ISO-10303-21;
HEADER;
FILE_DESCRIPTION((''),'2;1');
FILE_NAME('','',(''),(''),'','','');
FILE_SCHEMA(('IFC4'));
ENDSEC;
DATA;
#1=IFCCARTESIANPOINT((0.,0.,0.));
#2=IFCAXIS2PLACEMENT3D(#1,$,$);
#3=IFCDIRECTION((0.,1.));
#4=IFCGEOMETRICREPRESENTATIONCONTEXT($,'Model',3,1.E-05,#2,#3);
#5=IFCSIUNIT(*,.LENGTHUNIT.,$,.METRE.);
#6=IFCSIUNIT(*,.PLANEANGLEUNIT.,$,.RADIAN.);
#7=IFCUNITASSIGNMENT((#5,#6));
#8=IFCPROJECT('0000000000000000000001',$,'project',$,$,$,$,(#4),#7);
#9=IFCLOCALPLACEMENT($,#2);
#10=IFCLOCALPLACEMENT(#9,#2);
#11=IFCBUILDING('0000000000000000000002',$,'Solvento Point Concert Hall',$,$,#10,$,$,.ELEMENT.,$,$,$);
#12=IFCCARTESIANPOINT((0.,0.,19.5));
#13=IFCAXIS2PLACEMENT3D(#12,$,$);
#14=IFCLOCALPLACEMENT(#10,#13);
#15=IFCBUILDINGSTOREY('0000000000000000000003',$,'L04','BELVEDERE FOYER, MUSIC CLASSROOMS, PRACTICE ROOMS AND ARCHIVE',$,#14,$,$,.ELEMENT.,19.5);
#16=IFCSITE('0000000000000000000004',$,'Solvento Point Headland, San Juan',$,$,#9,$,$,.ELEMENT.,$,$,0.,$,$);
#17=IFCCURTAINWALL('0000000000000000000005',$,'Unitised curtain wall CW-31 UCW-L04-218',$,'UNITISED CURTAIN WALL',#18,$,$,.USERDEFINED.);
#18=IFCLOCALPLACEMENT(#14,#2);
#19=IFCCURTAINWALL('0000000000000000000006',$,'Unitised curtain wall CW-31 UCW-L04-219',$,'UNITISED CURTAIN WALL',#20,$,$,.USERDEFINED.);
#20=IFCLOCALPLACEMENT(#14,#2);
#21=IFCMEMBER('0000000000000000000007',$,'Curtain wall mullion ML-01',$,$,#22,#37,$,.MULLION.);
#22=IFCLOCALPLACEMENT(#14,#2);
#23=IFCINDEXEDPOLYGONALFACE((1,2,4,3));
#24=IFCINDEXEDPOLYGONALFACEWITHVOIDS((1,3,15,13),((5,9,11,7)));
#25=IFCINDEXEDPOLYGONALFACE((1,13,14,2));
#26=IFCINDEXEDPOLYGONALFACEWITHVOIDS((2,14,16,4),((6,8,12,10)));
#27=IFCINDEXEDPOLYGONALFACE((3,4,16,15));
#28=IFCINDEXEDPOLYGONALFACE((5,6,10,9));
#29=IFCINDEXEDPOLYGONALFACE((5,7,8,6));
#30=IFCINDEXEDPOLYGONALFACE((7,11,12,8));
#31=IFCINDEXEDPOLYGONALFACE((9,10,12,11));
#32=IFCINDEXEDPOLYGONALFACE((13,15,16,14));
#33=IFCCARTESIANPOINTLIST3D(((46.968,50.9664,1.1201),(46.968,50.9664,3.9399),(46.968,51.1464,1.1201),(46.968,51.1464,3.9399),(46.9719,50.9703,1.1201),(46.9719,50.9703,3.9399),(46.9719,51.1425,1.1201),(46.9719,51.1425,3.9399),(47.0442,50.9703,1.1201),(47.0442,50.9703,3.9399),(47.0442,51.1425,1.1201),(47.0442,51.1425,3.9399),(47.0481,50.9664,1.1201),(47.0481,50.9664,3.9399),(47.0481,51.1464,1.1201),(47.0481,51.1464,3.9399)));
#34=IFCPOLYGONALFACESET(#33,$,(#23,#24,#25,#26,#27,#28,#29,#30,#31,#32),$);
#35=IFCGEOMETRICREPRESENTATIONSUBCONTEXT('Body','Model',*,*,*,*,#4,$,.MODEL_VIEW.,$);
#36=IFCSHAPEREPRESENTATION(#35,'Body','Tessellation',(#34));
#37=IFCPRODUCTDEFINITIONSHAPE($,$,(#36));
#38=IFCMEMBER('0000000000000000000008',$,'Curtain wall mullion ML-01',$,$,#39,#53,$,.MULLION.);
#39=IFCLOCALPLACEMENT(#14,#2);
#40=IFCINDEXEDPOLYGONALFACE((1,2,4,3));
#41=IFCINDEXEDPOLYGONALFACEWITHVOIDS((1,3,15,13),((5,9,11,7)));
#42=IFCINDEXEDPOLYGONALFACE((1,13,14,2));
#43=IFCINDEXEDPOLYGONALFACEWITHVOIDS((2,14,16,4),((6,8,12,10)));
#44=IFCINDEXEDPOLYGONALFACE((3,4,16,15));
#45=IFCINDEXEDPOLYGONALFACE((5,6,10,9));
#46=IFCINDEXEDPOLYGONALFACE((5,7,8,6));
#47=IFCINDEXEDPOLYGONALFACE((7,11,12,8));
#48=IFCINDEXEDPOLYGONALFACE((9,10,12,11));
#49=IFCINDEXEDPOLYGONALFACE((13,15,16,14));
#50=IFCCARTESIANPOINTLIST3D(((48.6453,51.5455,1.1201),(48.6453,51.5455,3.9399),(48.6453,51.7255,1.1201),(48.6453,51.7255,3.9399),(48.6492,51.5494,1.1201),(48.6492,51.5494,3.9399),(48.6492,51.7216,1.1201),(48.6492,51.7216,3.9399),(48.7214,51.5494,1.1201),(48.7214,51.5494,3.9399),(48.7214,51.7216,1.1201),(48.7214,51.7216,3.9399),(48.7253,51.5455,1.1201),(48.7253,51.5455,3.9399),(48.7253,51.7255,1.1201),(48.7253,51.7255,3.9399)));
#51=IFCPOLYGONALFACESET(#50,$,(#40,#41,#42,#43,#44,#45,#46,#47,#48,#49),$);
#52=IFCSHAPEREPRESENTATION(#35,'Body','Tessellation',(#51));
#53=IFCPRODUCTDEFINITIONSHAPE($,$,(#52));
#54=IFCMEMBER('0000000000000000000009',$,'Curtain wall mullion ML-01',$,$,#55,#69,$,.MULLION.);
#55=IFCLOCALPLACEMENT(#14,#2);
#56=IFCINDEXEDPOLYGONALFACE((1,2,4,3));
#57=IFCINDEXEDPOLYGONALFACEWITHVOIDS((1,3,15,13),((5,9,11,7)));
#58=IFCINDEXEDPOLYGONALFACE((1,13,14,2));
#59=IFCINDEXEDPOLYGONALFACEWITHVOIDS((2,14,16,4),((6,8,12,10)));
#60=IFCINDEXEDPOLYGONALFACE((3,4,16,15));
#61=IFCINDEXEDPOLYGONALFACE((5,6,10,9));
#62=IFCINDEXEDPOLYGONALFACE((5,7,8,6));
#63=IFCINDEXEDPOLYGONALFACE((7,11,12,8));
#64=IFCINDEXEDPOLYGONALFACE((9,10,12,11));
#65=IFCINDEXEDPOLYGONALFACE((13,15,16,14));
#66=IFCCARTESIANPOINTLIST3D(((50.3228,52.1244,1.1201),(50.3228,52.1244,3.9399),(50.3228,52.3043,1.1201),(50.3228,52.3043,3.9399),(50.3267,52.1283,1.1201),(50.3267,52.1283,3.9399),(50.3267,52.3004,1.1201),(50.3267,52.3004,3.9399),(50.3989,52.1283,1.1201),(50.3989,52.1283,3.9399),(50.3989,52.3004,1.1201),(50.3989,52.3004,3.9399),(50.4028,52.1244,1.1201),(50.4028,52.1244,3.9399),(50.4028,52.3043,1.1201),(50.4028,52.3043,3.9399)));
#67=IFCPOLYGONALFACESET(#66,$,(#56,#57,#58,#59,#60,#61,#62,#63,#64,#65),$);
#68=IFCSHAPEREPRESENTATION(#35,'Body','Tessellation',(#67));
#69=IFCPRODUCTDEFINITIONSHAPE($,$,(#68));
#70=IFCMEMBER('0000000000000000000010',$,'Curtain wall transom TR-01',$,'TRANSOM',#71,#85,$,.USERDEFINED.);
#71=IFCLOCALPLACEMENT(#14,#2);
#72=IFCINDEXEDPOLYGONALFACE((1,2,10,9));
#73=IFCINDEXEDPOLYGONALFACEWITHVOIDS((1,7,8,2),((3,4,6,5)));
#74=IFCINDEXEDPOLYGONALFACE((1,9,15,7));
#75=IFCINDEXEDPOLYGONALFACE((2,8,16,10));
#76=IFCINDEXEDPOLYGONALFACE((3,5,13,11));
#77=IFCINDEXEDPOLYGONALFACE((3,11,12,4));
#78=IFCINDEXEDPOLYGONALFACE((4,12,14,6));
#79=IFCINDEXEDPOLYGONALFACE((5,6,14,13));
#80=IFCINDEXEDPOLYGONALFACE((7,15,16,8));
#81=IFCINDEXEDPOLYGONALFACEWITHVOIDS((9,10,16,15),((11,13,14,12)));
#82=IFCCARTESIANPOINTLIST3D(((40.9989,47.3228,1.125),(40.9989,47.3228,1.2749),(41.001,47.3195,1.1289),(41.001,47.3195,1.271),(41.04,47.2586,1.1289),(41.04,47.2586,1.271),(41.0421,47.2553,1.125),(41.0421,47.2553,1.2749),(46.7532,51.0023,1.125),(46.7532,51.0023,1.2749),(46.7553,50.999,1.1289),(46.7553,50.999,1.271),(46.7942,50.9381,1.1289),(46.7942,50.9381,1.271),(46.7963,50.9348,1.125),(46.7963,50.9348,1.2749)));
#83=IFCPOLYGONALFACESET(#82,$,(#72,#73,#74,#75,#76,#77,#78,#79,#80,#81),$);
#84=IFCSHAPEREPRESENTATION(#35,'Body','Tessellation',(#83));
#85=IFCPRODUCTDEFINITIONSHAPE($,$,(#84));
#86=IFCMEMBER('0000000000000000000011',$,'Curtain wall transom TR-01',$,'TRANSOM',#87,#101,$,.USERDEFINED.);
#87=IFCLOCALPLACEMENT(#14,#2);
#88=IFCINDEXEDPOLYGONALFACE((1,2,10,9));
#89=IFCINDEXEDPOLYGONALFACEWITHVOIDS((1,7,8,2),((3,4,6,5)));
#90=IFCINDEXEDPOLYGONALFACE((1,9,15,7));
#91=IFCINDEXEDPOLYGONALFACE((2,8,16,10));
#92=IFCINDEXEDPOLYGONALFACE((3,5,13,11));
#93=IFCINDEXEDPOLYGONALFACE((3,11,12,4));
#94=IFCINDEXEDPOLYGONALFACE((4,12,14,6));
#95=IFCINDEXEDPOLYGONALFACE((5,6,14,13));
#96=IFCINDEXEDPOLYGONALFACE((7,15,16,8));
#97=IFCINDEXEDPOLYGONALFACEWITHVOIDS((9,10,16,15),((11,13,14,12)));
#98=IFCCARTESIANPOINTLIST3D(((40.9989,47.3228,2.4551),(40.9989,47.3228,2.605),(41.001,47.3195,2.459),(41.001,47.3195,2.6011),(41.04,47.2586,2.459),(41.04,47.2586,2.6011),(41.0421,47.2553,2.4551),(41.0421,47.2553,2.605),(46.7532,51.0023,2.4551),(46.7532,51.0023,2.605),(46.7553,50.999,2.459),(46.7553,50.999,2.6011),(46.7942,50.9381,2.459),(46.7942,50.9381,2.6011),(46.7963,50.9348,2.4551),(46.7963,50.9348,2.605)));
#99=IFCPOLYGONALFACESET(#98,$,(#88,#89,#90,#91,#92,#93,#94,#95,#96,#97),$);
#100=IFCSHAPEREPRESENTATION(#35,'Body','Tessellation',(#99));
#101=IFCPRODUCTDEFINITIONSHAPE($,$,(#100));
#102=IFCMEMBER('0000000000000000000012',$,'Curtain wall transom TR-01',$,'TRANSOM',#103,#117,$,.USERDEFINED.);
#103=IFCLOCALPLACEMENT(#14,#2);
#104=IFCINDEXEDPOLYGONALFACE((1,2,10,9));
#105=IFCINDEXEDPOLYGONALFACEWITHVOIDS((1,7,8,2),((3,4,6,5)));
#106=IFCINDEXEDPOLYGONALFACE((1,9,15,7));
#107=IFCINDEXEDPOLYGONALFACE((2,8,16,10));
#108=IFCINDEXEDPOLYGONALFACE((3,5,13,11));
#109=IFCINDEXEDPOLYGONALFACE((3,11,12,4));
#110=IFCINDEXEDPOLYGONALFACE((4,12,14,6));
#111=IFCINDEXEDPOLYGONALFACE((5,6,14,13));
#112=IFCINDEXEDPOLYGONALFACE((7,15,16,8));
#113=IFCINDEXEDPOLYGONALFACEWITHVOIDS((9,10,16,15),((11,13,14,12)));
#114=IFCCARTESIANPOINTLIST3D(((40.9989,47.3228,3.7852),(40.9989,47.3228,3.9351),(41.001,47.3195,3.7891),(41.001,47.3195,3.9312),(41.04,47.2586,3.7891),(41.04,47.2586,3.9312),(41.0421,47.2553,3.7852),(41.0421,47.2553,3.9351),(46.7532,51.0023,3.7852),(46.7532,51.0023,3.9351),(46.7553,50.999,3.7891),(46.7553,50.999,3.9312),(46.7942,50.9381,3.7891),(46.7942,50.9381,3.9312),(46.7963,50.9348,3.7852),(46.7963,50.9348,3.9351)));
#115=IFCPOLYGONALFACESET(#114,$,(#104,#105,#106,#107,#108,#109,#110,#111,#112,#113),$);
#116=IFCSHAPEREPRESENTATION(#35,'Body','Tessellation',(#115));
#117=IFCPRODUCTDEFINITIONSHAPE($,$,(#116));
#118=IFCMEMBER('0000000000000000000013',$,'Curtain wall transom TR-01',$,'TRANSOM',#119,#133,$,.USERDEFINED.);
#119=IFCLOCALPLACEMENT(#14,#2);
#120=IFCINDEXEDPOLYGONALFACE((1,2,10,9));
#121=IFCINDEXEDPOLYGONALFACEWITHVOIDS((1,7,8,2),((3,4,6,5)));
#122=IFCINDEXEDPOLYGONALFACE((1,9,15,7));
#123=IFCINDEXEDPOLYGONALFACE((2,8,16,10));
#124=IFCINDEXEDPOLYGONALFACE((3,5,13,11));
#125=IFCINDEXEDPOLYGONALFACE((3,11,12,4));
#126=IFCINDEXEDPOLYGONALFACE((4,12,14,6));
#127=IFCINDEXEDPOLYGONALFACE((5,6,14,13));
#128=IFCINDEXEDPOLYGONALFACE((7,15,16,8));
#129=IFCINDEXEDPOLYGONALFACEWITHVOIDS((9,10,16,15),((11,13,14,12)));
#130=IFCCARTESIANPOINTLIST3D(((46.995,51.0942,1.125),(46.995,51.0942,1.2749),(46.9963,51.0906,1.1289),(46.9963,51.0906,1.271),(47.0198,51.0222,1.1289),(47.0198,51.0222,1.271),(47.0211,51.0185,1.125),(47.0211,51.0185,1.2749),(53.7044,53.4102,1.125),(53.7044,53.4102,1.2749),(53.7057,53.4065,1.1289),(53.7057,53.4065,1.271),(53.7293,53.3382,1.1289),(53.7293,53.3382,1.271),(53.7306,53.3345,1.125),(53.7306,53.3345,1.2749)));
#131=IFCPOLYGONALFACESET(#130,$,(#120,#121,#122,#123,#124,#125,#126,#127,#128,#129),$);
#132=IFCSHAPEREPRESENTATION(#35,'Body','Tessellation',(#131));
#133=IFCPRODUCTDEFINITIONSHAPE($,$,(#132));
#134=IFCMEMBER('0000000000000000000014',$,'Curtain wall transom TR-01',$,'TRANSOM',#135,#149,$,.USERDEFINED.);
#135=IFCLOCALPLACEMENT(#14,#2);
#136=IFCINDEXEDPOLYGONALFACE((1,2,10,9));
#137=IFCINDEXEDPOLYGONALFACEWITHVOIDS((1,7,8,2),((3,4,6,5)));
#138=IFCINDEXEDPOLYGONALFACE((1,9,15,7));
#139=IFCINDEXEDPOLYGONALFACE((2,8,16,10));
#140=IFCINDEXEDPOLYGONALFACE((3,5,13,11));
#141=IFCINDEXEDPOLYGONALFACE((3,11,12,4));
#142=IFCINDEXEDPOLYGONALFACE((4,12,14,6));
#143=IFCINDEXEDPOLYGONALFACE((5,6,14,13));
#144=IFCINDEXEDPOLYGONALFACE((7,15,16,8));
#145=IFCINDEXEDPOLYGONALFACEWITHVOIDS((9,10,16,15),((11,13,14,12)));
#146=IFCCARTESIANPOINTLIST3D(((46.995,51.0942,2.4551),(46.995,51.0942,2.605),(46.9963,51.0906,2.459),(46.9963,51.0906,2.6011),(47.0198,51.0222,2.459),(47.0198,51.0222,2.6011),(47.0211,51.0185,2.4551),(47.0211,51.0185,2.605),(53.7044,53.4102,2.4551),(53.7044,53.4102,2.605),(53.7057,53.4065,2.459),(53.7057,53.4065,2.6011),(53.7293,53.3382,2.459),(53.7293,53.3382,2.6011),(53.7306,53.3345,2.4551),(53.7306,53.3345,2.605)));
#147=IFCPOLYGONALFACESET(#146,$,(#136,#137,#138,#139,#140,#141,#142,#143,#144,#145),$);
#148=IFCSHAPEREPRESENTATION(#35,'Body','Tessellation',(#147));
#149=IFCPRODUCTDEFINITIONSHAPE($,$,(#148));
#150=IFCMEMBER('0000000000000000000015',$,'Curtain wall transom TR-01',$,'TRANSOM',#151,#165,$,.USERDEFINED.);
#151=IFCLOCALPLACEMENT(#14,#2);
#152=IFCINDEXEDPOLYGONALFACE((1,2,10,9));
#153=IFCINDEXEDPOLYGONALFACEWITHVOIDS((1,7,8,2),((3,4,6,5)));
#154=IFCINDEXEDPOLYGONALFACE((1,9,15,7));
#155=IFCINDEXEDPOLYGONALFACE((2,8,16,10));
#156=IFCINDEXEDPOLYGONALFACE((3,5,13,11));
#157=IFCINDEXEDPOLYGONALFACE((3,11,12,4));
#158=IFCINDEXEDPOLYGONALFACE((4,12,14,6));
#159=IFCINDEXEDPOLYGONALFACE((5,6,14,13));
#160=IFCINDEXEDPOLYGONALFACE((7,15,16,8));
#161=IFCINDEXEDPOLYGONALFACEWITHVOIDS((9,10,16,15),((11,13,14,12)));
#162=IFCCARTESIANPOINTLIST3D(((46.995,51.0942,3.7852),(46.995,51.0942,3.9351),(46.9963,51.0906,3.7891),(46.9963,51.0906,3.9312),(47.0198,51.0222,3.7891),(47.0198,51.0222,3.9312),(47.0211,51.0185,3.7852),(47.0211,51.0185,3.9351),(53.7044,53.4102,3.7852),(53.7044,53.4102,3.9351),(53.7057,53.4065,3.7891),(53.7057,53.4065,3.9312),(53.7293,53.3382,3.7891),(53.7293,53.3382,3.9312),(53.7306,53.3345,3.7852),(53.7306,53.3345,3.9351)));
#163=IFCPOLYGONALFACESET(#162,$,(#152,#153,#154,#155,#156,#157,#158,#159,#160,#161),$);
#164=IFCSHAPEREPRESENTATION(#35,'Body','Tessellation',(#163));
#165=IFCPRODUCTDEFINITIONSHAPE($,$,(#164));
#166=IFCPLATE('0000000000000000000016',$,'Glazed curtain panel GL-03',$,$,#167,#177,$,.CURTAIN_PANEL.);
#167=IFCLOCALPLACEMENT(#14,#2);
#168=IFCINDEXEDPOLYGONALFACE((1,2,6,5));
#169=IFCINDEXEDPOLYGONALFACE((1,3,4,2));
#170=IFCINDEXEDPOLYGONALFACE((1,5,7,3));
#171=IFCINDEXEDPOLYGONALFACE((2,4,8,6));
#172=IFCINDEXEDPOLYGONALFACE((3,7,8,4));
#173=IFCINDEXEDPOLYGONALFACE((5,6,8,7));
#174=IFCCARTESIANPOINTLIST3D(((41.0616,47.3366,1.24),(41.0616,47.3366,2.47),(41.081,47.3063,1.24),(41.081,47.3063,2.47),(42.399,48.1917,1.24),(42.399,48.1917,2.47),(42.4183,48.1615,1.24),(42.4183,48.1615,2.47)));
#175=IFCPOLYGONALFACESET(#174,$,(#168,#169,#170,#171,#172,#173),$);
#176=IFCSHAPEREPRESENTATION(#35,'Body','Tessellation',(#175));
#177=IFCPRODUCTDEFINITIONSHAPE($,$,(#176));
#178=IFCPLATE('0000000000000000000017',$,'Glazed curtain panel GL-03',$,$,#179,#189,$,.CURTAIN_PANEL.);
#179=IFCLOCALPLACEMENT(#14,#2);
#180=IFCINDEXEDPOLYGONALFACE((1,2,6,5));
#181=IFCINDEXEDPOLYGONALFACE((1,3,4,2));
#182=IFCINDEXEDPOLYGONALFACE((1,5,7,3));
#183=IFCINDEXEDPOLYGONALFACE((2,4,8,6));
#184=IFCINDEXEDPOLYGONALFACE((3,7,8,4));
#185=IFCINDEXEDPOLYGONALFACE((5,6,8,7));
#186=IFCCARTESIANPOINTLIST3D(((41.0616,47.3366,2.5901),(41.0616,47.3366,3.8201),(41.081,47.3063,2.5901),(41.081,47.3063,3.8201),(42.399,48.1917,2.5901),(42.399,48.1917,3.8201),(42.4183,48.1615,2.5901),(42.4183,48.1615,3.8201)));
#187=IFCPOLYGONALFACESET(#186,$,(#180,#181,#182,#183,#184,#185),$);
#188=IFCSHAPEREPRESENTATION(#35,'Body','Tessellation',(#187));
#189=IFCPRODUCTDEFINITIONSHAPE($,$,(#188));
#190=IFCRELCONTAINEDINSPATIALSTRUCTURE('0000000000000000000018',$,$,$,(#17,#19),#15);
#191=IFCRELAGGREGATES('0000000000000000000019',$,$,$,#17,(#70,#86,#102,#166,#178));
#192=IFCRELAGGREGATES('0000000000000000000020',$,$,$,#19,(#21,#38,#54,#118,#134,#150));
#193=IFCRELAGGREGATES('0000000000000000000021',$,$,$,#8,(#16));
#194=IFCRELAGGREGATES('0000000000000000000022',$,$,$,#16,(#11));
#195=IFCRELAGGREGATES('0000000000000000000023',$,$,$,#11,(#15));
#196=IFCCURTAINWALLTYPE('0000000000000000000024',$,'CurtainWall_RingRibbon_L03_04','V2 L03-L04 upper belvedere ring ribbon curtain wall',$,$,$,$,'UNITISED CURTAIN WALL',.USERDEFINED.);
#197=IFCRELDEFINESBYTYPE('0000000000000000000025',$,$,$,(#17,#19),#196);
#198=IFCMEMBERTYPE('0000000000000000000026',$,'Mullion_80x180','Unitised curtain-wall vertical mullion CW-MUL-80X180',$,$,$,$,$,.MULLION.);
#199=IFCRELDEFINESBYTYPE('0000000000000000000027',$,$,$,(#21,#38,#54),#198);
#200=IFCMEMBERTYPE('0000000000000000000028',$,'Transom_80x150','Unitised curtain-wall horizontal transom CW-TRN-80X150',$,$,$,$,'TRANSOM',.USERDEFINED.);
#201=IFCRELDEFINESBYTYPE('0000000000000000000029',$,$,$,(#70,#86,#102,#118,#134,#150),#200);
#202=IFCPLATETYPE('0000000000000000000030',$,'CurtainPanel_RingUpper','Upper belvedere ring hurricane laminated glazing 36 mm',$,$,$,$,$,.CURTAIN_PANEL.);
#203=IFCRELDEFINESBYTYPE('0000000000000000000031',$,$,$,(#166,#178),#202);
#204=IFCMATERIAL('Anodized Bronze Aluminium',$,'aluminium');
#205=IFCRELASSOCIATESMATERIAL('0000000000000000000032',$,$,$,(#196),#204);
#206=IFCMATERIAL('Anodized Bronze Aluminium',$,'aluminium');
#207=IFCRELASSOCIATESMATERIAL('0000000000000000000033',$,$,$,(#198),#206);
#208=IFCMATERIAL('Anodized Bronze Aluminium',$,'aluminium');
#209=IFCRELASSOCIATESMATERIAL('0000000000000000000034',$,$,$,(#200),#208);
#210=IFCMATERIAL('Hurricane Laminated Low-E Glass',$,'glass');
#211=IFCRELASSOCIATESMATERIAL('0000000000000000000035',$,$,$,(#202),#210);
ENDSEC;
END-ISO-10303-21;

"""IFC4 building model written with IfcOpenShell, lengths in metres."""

from ifc_helpers import new_model, si_unit, direction, frame, origin, origin_2d, place, context, subcontext, project, spatial, rectangle, hollow_rectangle, extrude, material, material_profile, profile_set, type_object, element, aggregate, save


model = new_model("IFC4")

# Units and contexts
model_context = context("Model", 3, precision=1e-05, world=origin(), true_north=direction((0.0, 1.0)))
body_context = subcontext(model_context, "Body", "Model", "MODEL_VIEW")
ifc_project = project(units=[si_unit("LENGTHUNIT", "METRE"), si_unit("PLANEANGLEUNIT", "RADIAN")], contexts=[model_context])

# Site, building, storey
site_placement = place(None, origin())
site = spatial("IfcSite", under=ifc_project, at=site_placement, Name="Solvento Point Headland, San Juan", CompositionType="ELEMENT", RefElevation=0.0)
building_placement = place(site_placement, origin())
building = spatial("IfcBuilding", under=site, at=building_placement, Name="Solvento Point Concert Hall", CompositionType="ELEMENT")
storey_placement = place(building_placement, frame((0.0, 0.0, 19.5)))
storey = spatial("IfcBuildingStorey", under=building, at=storey_placement, Name="L04", Description="BELVEDERE FOYER, MUSIC CLASSROOMS, PRACTICE ROOMS AND ARCHIVE", CompositionType="ELEMENT", Elevation=19.5)

# Shared definitions
ifc_material_1 = material(Name="Anodized Bronze Aluminium", Category="aluminium")
curtain_wall_type = type_object("IfcCurtainWallType", Name="CurtainWall_RingRibbon_L03_04", Description="V2 L03-L04 upper belvedere ring ribbon curtain wall", ElementType="UNITISED CURTAIN WALL", PredefinedType="USERDEFINED", material=ifc_material_1)
ifc_material_2 = material(Name="Anodized Bronze Aluminium", Category="aluminium")
ifc_material_profile_1 = material_profile(ifc_material_2, hollow_rectangle(XDim=0.0801, YDim=0.1799, WallThickness=0.0039, at=origin_2d()), Name="CW-MUL-80X180")
ifc_profile_set_1 = profile_set([ifc_material_profile_1], Name="Anodized Bronze Aluminium")
member_type_1 = type_object("IfcMemberType", Name="Mullion_80x180", Description="Unitised curtain-wall vertical mullion CW-MUL-80X180", PredefinedType="MULLION", material=ifc_profile_set_1)

# Curtain walls, members
curtain_wall_1_placement = place(storey_placement, origin())
curtain_wall_1 = element("IfcCurtainWall", 1, at=curtain_wall_1_placement, inside=storey, type_object=curtain_wall_type, Name="Unitised curtain wall CW-31 UCW-L04-218", ObjectType="UNITISED CURTAIN WALL", PredefinedType="USERDEFINED")
curtain_wall_2_placement = place(storey_placement, origin())
curtain_wall_2 = element("IfcCurtainWall", 2, at=curtain_wall_2_placement, inside=storey, type_object=curtain_wall_type, Name="Unitised curtain wall CW-31 UCW-L04-219", ObjectType="UNITISED CURTAIN WALL", PredefinedType="USERDEFINED")
member_1_placement = place(storey_placement, frame((47.0081, 51.0564, 1.1201), z_axis=(0.0, 0.0, 1.0), x_axis=(1.0, 0.0, 0.0)))
member_1 = element("IfcMember", 3, at=member_1_placement, type_object=member_type_1, Name="Curtain wall mullion ML-01", PredefinedType="MULLION", context=body_context, shape_type="SweptSolid", body=[
    extrude(hollow_rectangle(XDim=0.0801, YDim=0.1799, WallThickness=0.0039, at=origin_2d()), origin(), (0.0, 0.0, 1.0), 2.8198),
])
member_2_placement = place(storey_placement, frame((48.6853, 51.6355, 1.1201), z_axis=(0.0, 0.0, 1.0), x_axis=(1.0, 0.0, 0.0)))
member_2 = element("IfcMember", 4, at=member_2_placement, type_object=member_type_1, Name="Curtain wall mullion ML-01", PredefinedType="MULLION", context=body_context, shape_type="SweptSolid", body=[
    extrude(hollow_rectangle(XDim=0.0801, YDim=0.1799, WallThickness=0.0039, at=origin_2d()), origin(), (0.0, 0.0, 1.0), 2.8198),
])
member_3_placement = place(storey_placement, frame((50.3628, 52.2144, 1.1201), z_axis=(0.0, 0.0, 1.0), x_axis=(1.0, 0.0, 0.0)))
member_3 = element("IfcMember", 5, at=member_3_placement, type_object=member_type_1, Name="Curtain wall mullion ML-01", PredefinedType="MULLION", context=body_context, shape_type="SweptSolid", body=[
    extrude(hollow_rectangle(XDim=0.0801, YDim=0.1799, WallThickness=0.0039, at=origin_2d()), origin(), (0.0, 0.0, 1.0), 2.8198),
])

# Members
ifc_material_3 = material(Name="Anodized Bronze Aluminium", Category="aluminium")
ifc_material_profile_2 = material_profile(ifc_material_3, hollow_rectangle(XDim=0.0801, YDim=0.1499, WallThickness=0.0039, at=origin_2d()), Name="CW-TRN-80X150")
ifc_profile_set_2 = profile_set([ifc_material_profile_2], Name="Anodized Bronze Aluminium")
member_type_2 = type_object("IfcMemberType", Name="Transom_80x150", Description="Unitised curtain-wall horizontal transom CW-TRN-80X150", ElementType="TRANSOM", PredefinedType="USERDEFINED", material=ifc_profile_set_2)
member_4_placement = place(storey_placement, frame((41.0205, 47.2891, 1.2), z_axis=(0.842485, 0.53872, 0.0), x_axis=(-0.53872, 0.842485, 0.0)))
member_4 = element("IfcMember", 6, at=member_4_placement, type_object=member_type_2, Name="Curtain wall transom TR-01", ObjectType="TRANSOM", PredefinedType="USERDEFINED", context=body_context, shape_type="SweptSolid", body=[
    extrude(hollow_rectangle(XDim=0.0801, YDim=0.1499, WallThickness=0.0039, at=origin_2d()), origin(), (0.0, 0.0, 1.0), 6.8301),
])
member_5_placement = place(storey_placement, frame((41.0205, 47.2891, 2.53), z_axis=(0.842485, 0.53872, 0.0), x_axis=(-0.53872, 0.842485, 0.0)))
member_5 = element("IfcMember", 7, at=member_5_placement, type_object=member_type_2, Name="Curtain wall transom TR-01", ObjectType="TRANSOM", PredefinedType="USERDEFINED", context=body_context, shape_type="SweptSolid", body=[
    extrude(hollow_rectangle(XDim=0.0801, YDim=0.1499, WallThickness=0.0039, at=origin_2d()), origin(), (0.0, 0.0, 1.0), 6.8301),
])
member_6_placement = place(storey_placement, frame((41.0205, 47.2891, 3.8601), z_axis=(0.842485, 0.53872, 0.0), x_axis=(-0.53872, 0.842485, 0.0)))
member_6 = element("IfcMember", 8, at=member_6_placement, type_object=member_type_2, Name="Curtain wall transom TR-01", ObjectType="TRANSOM", PredefinedType="USERDEFINED", context=body_context, shape_type="SweptSolid", body=[
    extrude(hollow_rectangle(XDim=0.0801, YDim=0.1499, WallThickness=0.0039, at=origin_2d()), origin(), (0.0, 0.0, 1.0), 6.8301),
])
member_7_placement = place(storey_placement, frame((47.0081, 51.0564, 1.2), z_axis=(0.945273, 0.326281, 0.0), x_axis=(-0.326281, 0.945273, 0.0)))
member_7 = element("IfcMember", 9, at=member_7_placement, type_object=member_type_2, Name="Curtain wall transom TR-01", ObjectType="TRANSOM", PredefinedType="USERDEFINED", context=body_context, shape_type="SweptSolid", body=[
    extrude(hollow_rectangle(XDim=0.0801, YDim=0.1499, WallThickness=0.0039, at=origin_2d()), origin(), (0.0, 0.0, 1.0), 7.0979),
])
member_8_placement = place(storey_placement, frame((47.0081, 51.0564, 2.53), z_axis=(0.945273, 0.326281, 0.0), x_axis=(-0.326281, 0.945273, 0.0)))
member_8 = element("IfcMember", 10, at=member_8_placement, type_object=member_type_2, Name="Curtain wall transom TR-01", ObjectType="TRANSOM", PredefinedType="USERDEFINED", context=body_context, shape_type="SweptSolid", body=[
    extrude(hollow_rectangle(XDim=0.0801, YDim=0.1499, WallThickness=0.0039, at=origin_2d()), origin(), (0.0, 0.0, 1.0), 7.0979),
])
member_9_placement = place(storey_placement, frame((47.0081, 51.0564, 3.8601), z_axis=(0.945273, 0.326281, 0.0), x_axis=(-0.326281, 0.945273, 0.0)))
member_9 = element("IfcMember", 11, at=member_9_placement, type_object=member_type_2, Name="Curtain wall transom TR-01", ObjectType="TRANSOM", PredefinedType="USERDEFINED", context=body_context, shape_type="SweptSolid", body=[
    extrude(hollow_rectangle(XDim=0.0801, YDim=0.1499, WallThickness=0.0039, at=origin_2d()), origin(), (0.0, 0.0, 1.0), 7.0979),
])

# Plates
ifc_material_4 = material(Name="Hurricane Laminated Low-E Glass", Category="glass")
plate_type = type_object("IfcPlateType", Name="CurtainPanel_RingUpper", Description="Upper belvedere ring hurricane laminated glazing 36 mm", PredefinedType="CURTAIN_PANEL", material=ifc_material_4)
plate_1_placement = place(storey_placement, frame((41.74, 47.749, 1.24), z_axis=(0.0, 0.0, 1.0), x_axis=(0.84249, 0.538712, 0.0)))
plate_1 = element("IfcPlate", 12, at=plate_1_placement, type_object=plate_type, Name="Glazed curtain panel GL-03", PredefinedType="CURTAIN_PANEL", context=body_context, shape_type="SweptSolid", body=[
    extrude(rectangle(XDim=1.5874, YDim=0.0359, at=origin_2d()), origin(), (0.0, 0.0, 1.0), 1.23),
])
plate_2_placement = place(storey_placement, frame((41.74, 47.749, 2.5901), z_axis=(0.0, 0.0, 1.0), x_axis=(0.84249, 0.538712, 0.0)))
plate_2 = element("IfcPlate", 13, at=plate_2_placement, type_object=plate_type, Name="Glazed curtain panel GL-03", PredefinedType="CURTAIN_PANEL", context=body_context, shape_type="SweptSolid", body=[
    extrude(rectangle(XDim=1.5874, YDim=0.0359, at=origin_2d()), origin(), (0.0, 0.0, 1.0), 1.23),
])
aggregate(curtain_wall_1, [member_4, member_5, member_6, plate_1, plate_2])
aggregate(curtain_wall_2, [member_1, member_2, member_3, member_7, member_8, member_9])

save(model, "model.ifc")
